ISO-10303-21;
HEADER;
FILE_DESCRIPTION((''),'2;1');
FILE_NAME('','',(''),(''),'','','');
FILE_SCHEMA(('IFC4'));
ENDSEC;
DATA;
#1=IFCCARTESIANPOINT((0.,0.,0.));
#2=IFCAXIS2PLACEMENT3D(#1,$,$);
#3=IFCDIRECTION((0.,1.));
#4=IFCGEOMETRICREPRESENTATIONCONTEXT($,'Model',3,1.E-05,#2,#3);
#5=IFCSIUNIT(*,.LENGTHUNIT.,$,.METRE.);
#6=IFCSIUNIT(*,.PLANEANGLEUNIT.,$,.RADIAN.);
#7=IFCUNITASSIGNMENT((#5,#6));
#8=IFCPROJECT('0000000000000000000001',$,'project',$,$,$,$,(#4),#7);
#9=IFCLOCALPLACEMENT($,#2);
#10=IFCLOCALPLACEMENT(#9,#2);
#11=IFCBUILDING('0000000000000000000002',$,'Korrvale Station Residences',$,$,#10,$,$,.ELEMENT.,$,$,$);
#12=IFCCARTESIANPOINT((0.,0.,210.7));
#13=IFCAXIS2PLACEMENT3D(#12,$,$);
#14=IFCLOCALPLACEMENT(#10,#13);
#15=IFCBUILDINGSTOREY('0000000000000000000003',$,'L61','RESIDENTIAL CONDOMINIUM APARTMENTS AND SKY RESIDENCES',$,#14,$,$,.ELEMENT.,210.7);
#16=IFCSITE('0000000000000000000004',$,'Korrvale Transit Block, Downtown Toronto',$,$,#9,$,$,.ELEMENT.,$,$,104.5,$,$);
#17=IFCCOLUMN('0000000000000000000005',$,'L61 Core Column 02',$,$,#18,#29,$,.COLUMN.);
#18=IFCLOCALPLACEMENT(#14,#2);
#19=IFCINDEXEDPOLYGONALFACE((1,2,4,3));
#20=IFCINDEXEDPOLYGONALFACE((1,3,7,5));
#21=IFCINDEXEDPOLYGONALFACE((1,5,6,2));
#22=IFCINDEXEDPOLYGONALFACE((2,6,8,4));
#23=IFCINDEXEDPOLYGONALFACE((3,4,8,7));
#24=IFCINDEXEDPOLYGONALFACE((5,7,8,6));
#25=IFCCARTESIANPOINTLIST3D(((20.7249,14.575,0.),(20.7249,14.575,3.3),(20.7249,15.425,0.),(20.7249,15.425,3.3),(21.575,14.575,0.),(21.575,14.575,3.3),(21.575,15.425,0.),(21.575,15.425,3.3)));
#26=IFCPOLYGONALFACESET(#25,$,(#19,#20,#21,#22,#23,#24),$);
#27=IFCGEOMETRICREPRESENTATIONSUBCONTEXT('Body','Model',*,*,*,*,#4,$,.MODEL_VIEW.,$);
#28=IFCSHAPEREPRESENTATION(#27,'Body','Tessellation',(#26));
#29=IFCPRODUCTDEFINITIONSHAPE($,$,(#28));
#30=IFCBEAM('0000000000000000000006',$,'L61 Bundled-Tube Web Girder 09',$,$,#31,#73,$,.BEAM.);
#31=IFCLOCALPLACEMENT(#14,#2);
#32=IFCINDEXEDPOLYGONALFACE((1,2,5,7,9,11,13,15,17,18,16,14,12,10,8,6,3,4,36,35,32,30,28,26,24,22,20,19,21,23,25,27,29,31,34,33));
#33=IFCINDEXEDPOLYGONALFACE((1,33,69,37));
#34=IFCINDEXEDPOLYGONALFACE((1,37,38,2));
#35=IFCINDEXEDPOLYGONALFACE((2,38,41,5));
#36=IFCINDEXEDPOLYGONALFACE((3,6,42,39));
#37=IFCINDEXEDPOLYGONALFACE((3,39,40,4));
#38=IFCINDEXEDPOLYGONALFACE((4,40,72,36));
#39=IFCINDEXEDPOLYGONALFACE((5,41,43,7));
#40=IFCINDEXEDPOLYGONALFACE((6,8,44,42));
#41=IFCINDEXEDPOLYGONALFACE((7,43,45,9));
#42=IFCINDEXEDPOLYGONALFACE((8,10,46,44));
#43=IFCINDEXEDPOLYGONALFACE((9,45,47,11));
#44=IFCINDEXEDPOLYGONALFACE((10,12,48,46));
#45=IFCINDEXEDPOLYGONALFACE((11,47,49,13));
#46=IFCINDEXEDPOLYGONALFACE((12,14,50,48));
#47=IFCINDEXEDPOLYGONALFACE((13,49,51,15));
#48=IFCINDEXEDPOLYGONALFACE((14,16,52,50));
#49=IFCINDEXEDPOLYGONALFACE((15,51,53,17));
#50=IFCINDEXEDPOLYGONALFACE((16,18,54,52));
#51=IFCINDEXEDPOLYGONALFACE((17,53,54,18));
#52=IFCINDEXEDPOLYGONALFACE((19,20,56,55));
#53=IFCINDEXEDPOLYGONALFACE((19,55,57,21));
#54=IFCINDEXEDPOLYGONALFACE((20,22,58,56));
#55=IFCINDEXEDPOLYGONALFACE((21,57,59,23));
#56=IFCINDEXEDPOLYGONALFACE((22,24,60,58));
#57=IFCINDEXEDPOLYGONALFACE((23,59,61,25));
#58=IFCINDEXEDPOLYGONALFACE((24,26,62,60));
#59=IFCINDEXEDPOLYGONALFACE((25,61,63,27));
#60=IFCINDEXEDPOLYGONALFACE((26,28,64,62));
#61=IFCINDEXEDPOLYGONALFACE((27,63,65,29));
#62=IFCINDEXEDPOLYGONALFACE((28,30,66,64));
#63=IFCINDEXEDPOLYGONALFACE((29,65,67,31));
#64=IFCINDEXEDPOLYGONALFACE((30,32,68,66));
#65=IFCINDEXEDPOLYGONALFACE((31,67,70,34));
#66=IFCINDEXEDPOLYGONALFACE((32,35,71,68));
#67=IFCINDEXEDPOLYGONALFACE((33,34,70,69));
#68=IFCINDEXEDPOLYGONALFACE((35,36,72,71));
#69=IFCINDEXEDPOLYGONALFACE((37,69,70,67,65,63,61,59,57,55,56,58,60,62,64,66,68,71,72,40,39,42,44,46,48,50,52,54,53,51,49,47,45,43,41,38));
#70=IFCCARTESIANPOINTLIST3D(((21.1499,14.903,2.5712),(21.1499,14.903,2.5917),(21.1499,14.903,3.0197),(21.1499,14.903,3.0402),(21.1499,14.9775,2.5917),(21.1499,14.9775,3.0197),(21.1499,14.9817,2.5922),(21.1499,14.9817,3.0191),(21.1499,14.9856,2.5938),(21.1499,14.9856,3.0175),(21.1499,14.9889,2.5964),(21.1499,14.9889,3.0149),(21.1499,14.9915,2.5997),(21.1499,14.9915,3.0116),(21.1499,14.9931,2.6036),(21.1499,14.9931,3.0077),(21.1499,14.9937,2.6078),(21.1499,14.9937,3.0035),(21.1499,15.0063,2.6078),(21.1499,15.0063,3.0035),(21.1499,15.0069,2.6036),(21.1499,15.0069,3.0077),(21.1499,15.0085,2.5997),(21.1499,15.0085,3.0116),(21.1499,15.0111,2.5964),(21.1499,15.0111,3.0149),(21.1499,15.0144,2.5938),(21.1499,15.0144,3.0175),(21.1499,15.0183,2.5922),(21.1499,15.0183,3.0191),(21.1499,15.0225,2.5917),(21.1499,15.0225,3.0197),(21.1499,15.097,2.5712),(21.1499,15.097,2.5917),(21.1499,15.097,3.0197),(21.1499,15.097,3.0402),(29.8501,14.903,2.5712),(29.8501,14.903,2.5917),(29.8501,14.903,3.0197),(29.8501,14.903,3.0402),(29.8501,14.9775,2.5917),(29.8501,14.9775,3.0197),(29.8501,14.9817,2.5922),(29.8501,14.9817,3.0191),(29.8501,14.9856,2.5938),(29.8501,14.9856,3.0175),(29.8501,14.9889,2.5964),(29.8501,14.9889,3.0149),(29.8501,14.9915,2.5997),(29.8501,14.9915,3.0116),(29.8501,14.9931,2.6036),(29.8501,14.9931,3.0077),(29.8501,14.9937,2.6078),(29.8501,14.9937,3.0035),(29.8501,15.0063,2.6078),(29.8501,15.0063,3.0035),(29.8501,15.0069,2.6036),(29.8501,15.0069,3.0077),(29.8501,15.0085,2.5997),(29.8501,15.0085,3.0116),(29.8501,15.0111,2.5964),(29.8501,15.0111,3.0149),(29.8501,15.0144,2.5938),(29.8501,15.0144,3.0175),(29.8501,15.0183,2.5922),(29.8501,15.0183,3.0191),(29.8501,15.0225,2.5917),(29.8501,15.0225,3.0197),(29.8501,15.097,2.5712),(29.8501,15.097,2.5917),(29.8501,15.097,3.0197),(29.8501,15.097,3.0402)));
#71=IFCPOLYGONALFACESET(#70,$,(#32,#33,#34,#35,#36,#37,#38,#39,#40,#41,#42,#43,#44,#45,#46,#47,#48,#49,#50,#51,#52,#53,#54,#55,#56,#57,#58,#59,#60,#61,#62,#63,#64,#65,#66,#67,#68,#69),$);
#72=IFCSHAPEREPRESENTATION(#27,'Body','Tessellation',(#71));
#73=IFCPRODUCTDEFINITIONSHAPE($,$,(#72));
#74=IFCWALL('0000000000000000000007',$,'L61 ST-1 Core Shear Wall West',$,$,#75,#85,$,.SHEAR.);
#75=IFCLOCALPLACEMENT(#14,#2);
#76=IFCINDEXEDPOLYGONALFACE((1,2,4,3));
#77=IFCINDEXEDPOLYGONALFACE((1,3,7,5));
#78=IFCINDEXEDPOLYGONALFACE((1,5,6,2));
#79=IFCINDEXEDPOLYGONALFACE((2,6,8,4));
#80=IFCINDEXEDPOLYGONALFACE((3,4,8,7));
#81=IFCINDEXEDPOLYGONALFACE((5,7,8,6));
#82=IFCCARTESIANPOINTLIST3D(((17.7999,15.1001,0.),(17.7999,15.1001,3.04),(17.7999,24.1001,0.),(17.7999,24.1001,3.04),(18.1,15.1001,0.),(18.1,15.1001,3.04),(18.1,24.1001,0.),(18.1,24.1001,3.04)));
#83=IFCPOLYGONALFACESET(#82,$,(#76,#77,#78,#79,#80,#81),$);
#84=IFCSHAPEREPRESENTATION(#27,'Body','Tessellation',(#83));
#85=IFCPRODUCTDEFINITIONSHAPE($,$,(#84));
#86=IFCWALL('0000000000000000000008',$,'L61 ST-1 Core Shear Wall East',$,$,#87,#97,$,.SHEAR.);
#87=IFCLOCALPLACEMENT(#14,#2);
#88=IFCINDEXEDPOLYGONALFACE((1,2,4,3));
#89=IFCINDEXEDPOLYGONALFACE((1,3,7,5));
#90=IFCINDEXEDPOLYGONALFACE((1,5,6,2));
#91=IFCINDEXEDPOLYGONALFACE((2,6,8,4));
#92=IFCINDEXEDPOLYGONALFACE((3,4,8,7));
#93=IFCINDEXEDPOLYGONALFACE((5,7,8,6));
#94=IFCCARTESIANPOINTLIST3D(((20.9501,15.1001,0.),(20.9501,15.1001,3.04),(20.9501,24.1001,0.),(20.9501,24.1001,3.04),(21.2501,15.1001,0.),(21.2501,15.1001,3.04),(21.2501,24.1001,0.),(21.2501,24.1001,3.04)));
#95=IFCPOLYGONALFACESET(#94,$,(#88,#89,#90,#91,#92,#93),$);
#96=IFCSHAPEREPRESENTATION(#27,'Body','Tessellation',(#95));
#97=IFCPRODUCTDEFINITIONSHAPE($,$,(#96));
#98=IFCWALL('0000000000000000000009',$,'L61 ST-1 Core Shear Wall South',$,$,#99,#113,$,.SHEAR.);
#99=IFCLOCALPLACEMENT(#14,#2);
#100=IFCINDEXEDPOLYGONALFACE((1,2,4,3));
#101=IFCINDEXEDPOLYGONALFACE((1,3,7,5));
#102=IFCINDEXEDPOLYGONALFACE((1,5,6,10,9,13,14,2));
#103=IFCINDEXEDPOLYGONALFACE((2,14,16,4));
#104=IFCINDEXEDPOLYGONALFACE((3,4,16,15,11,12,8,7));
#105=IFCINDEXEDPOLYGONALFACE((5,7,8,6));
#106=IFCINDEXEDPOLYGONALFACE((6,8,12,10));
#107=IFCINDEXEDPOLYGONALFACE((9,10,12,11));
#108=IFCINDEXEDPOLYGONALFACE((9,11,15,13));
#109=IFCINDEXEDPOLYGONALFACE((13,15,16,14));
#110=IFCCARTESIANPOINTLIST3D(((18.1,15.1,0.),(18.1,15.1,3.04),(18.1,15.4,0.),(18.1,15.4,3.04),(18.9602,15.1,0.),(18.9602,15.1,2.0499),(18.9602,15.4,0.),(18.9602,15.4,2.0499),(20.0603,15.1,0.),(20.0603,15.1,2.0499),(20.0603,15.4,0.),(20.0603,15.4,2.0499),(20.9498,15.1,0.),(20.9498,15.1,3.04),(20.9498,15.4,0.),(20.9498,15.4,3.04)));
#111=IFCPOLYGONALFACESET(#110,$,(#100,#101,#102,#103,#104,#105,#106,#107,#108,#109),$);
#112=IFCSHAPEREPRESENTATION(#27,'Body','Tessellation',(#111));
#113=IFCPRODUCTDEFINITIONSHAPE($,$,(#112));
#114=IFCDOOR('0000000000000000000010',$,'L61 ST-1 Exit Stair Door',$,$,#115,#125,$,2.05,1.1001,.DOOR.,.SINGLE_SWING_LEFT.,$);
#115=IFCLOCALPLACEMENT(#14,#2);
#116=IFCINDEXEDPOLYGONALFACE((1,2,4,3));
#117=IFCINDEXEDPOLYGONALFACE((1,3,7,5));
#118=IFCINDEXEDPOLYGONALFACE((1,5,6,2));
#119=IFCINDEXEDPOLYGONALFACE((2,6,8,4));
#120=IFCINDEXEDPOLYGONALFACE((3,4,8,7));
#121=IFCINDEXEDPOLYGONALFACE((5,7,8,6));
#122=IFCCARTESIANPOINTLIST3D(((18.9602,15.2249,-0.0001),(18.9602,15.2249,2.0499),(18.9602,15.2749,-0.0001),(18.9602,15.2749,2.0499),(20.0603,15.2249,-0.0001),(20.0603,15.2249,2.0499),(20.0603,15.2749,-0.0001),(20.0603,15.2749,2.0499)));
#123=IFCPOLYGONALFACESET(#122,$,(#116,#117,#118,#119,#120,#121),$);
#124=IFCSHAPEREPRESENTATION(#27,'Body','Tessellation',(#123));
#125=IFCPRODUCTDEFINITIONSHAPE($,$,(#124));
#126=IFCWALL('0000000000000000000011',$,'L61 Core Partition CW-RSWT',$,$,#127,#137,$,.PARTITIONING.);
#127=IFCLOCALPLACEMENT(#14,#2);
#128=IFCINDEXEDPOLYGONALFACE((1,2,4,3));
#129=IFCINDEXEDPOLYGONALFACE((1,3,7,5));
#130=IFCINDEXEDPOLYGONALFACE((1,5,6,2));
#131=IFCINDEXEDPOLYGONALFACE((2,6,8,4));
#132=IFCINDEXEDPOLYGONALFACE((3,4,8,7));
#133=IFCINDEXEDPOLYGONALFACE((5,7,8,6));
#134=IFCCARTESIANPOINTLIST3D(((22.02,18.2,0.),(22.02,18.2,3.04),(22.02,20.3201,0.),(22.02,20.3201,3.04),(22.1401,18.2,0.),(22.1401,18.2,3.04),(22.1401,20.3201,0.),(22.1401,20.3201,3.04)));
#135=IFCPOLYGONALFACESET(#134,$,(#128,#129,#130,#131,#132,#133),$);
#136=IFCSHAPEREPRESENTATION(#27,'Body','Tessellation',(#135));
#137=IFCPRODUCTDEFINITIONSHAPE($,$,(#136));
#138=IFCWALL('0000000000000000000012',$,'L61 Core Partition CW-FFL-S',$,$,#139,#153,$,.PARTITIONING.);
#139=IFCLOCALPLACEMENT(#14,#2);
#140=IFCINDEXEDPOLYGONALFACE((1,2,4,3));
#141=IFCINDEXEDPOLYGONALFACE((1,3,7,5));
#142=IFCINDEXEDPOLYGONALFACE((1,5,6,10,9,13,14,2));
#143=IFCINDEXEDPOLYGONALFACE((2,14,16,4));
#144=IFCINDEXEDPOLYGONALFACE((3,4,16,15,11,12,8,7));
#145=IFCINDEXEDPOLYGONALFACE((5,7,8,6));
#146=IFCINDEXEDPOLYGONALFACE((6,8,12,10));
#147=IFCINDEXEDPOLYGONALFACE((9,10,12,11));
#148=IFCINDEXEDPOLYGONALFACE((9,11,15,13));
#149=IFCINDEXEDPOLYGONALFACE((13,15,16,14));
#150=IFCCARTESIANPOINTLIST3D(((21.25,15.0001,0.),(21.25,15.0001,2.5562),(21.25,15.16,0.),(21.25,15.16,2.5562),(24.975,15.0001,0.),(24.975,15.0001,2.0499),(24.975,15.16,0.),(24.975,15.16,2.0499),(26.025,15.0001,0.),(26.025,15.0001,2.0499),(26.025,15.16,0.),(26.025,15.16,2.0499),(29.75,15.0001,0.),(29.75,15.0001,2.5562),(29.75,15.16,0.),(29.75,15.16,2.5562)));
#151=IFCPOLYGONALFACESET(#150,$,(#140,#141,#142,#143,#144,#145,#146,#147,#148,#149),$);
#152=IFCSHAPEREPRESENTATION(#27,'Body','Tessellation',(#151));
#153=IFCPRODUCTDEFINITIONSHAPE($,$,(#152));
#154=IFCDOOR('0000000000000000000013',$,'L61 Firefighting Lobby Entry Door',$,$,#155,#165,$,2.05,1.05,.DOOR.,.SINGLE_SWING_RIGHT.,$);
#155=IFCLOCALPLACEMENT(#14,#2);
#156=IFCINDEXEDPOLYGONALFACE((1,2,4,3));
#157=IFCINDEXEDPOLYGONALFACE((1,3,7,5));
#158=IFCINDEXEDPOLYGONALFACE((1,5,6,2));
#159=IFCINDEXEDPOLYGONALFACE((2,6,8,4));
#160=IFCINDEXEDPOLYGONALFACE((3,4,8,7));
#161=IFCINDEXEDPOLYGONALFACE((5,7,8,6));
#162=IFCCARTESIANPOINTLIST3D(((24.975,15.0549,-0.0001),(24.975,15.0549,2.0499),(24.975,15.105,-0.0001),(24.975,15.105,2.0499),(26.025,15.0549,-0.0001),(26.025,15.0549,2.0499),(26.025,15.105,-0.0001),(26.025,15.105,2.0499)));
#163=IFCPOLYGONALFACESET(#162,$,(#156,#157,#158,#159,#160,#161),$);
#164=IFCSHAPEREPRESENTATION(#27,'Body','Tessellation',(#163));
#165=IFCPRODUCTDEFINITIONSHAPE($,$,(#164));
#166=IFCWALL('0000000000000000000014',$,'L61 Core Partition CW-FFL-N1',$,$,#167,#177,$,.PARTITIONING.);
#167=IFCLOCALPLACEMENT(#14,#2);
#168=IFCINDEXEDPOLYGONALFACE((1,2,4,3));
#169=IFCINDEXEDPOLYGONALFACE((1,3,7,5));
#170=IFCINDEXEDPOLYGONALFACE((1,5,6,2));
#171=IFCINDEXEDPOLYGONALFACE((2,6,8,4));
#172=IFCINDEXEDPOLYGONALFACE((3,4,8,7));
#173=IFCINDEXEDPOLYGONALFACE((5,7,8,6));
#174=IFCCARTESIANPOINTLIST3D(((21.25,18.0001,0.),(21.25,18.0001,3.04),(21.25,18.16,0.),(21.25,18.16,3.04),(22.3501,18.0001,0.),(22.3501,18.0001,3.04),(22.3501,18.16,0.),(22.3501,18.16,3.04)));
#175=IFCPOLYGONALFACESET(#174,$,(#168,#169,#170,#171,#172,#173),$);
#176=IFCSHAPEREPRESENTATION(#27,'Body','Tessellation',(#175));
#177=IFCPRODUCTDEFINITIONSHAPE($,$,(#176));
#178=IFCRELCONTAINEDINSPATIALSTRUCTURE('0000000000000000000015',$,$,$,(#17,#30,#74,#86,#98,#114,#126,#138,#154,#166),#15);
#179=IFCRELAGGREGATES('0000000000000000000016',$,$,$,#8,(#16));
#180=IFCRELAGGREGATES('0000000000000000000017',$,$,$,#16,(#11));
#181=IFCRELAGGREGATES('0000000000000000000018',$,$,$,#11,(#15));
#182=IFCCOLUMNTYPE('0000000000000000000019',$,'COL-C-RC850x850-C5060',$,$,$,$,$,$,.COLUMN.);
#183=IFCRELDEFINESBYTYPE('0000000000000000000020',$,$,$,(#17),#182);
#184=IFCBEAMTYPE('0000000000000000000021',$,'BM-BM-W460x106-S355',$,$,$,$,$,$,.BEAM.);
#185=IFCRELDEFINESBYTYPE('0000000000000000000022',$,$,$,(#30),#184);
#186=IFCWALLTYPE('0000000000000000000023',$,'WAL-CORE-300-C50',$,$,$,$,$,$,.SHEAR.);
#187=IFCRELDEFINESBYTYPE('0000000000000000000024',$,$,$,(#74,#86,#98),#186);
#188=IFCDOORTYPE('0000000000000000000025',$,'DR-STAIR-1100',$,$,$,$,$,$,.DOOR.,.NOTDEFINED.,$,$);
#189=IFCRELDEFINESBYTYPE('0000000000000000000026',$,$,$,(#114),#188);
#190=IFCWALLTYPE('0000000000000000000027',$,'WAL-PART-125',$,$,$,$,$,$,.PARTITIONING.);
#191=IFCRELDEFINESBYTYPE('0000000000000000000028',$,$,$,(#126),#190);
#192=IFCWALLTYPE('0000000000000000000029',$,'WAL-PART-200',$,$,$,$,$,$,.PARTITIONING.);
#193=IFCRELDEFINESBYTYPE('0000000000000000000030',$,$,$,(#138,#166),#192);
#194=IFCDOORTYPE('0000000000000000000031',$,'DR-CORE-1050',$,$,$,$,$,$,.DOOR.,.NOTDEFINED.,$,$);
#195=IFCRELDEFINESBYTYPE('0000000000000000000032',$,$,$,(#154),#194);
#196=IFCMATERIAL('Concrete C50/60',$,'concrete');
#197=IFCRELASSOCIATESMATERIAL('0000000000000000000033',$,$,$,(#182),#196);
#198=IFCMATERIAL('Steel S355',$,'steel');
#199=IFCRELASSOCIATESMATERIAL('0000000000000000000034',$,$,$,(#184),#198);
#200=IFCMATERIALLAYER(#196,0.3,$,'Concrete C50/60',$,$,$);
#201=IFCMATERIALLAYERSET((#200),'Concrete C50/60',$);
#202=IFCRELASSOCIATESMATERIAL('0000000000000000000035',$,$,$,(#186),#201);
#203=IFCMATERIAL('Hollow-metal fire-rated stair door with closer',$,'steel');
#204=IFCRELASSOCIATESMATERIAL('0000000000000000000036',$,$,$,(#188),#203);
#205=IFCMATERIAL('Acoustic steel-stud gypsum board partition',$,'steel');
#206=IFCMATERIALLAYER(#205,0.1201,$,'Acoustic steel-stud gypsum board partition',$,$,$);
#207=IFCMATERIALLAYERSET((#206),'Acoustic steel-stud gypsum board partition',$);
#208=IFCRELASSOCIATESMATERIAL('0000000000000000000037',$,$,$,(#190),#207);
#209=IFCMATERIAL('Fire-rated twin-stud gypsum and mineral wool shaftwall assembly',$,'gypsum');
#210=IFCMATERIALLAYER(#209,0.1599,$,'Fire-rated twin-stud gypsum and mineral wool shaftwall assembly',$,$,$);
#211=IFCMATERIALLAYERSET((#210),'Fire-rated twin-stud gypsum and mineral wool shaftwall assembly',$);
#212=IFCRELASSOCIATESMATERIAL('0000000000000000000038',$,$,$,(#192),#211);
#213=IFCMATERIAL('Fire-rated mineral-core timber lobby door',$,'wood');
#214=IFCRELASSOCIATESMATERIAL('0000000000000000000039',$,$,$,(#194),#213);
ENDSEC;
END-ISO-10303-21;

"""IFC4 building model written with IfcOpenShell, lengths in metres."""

from ifc_helpers import new_model, si_unit, direction, frame, frame_2d, origin, origin_2d, place, context, subcontext, project, spatial, rectangle, i_section, extrude, material, layer, layer_set, material_profile, profile_set, type_object, element, fill, save


model = new_model("IFC4")

# Units and contexts
model_context = context("Model", 3, precision=1e-05, world=origin(), true_north=direction((0.0, 1.0)))
body_context = subcontext(model_context, "Body", "Model", "MODEL_VIEW")
ifc_project = project(units=[si_unit("LENGTHUNIT", "METRE"), si_unit("PLANEANGLEUNIT", "RADIAN")], contexts=[model_context])

# Site, building, storey
site_placement = place(None, origin())
site = spatial("IfcSite", under=ifc_project, at=site_placement, Name="Korrvale Transit Block, Downtown Toronto", CompositionType="ELEMENT", RefElevation=104.5)
building_placement = place(site_placement, origin())
building = spatial("IfcBuilding", under=site, at=building_placement, Name="Korrvale Station Residences", CompositionType="ELEMENT")
storey_placement = place(building_placement, frame((0.0, 0.0, 210.7)))
storey = spatial("IfcBuildingStorey", under=building, at=storey_placement, Name="L61", Description="RESIDENTIAL CONDOMINIUM APARTMENTS AND SKY RESIDENCES", CompositionType="ELEMENT", Elevation=210.7)

# Column
ifc_material_1 = material(Name="Concrete C50/60", Category="concrete")
ifc_material_profile_1 = material_profile(ifc_material_1, rectangle(XDim=0.8501, YDim=0.8501, at=origin_2d()), Name="RC850x850")
ifc_profile_set_1 = profile_set([ifc_material_profile_1], Name="Concrete C50/60")
column_type = type_object("IfcColumnType", Name="COL-C-RC850x850-C5060", PredefinedType="COLUMN", material=ifc_profile_set_1)
column_placement = place(storey_placement, frame((21.1499, 15.0, 0.0), z_axis=(0.0, 0.0, 1.0), x_axis=(1.0, 0.0, 0.0)))
element("IfcColumn", 1, at=column_placement, inside=storey, type_object=column_type, Name="L61 Core Column 02", PredefinedType="COLUMN", context=body_context, shape_type="SweptSolid", body=[
    extrude(rectangle(XDim=0.8501, YDim=0.8501, at=origin_2d()), origin(), (0.0, 0.0, 1.0), 3.3),
])

# Beam
ifc_material_2 = material(Name="Steel S355", Category="steel")
ifc_material_profile_2 = material_profile(ifc_material_2, i_section(OverallWidth=0.1941, OverallDepth=0.469, WebThickness=0.0127, FlangeThickness=0.0205, FilletRadius=0.0161, at=origin_2d()), Name="W460x106")
ifc_profile_set_2 = profile_set([ifc_material_profile_2], Name="Steel S355")
beam_type = type_object("IfcBeamType", Name="BM-BM-W460x106-S355", PredefinedType="BEAM", material=ifc_profile_set_2)
beam_placement = place(storey_placement, frame((21.1499, 15.0, 2.8057), z_axis=(1.0, 0.0, 0.0), x_axis=(0.0, 1.0, 0.0)))
element("IfcBeam", 2, at=beam_placement, inside=storey, type_object=beam_type, Name="L61 Bundled-Tube Web Girder 09", PredefinedType="BEAM", context=body_context, shape_type="SweptSolid", body=[
    extrude(i_section(OverallWidth=0.1941, OverallDepth=0.469, WebThickness=0.0127, FlangeThickness=0.0205, FilletRadius=0.0161, at=origin_2d()), origin(), (0.0, 0.0, 1.0), 8.7002),
])

# Walls
ifc_layer_1 = layer(ifc_material_1, 0.3, Name="Concrete C50/60")
ifc_layer_set_1 = layer_set([ifc_layer_1], Name="Concrete C50/60")
wall_type_1 = type_object("IfcWallType", Name="WAL-CORE-300-C50", PredefinedType="SHEAR", material=ifc_layer_set_1)
for number, where, z_axis, x_axis, name in (
    (3, (17.95, 15.1001, 0.0), (0.0, 0.0, 1.0), (0.0, 1.0, 0.0), "L61 ST-1 Core Shear Wall West"),
    (4, (21.1001, 15.1001, 0.0), (0.0, 0.0, 1.0), (0.0, 1.0, 0.0), "L61 ST-1 Core Shear Wall East"),
):
    element("IfcWall", number, at=place(storey_placement, frame(where, z_axis=z_axis, x_axis=x_axis)), inside=storey, type_object=wall_type_1, Name=name, PredefinedType="SHEAR", context=body_context, shape_type="SweptSolid", body=[
        extrude(rectangle(XDim=9.0, YDim=0.3, at=frame_2d((4.5, 0.0))), origin(), (0.0, 0.0, 1.0), 3.04),
    ])

# Wall, opening, door
wall_1_placement = place(storey_placement, frame((18.1001, 15.25, 0.0), z_axis=(0.0, 0.0, 1.0), x_axis=(1.0, 0.0, 0.0)))
wall_1 = element("IfcWall", 5, at=wall_1_placement, inside=storey, type_object=wall_type_1, Name="L61 ST-1 Core Shear Wall South", PredefinedType="SHEAR", context=body_context, shape_type="SweptSolid", body=[
    extrude(rectangle(XDim=2.8499, YDim=0.3, at=frame_2d((1.4248, 0.0))), origin(), (0.0, 0.0, 1.0), 3.04),
])
opening_1_placement = place(wall_1_placement, frame((0.8601, 0.0, 0.0)))
opening_1 = element("IfcOpeningElement", 6, at=opening_1_placement, cuts=wall_1, PredefinedType="OPENING", context=body_context, shape_type="SweptSolid", body=[
    extrude(rectangle(XDim=1.1001, YDim=2.05, at=frame_2d((0.55, 1.0249))), frame((0.0, 0.1602, 0.0), z_axis=(0.0, -1.0, 0.0), x_axis=(1.0, 0.0, 0.0)), (0.0, 0.0, 1.0), 0.3201),
])
ifc_material_3 = material(Name="Hollow-metal fire-rated stair door with closer", Category="steel")
door_type_1 = type_object("IfcDoorType", Name="DR-STAIR-1100", OperationType="NOTDEFINED", PredefinedType="DOOR", material=ifc_material_3)
door_1_placement = place(opening_1_placement, origin())
door_1 = element("IfcDoor", 7, at=door_1_placement, inside=storey, type_object=door_type_1, Name="L61 ST-1 Exit Stair Door", OperationType="SINGLE_SWING_LEFT", OverallHeight=2.05, OverallWidth=1.1001, PredefinedType="DOOR", context=body_context, shape_type="SweptSolid", body=[
    extrude(rectangle(XDim=1.1001, YDim=2.05, at=frame_2d((0.55, 1.0249))), frame((0.0, 0.0249, 0.0), z_axis=(0.0, -1.0, 0.0), x_axis=(1.0, 0.0, 0.0)), (0.0, 0.0, 1.0), 0.05),
])
fill(opening_1, door_1)

# Wall
ifc_material_4 = material(Name="Acoustic steel-stud gypsum board partition", Category="steel")
ifc_layer_2 = layer(ifc_material_4, 0.1201, Name="Acoustic steel-stud gypsum board partition")
ifc_layer_set_2 = layer_set([ifc_layer_2], Name="Acoustic steel-stud gypsum board partition")
wall_type_2 = type_object("IfcWallType", Name="WAL-PART-125", PredefinedType="PARTITIONING", material=ifc_layer_set_2)
wall_2_placement = place(storey_placement, frame((22.0801, 18.2, 0.0), z_axis=(0.0, 0.0, 1.0), x_axis=(0.0, 1.0, 0.0)))
element("IfcWall", 8, at=wall_2_placement, inside=storey, type_object=wall_type_2, Name="L61 Core Partition CW-RSWT", PredefinedType="PARTITIONING", context=body_context, shape_type="SweptSolid", body=[
    extrude(rectangle(XDim=2.1201, YDim=0.1201, at=frame_2d((1.0601, 0.0))), origin(), (0.0, 0.0, 1.0), 3.04),
])

# Wall, opening, door
ifc_material_5 = material(Name="Fire-rated twin-stud gypsum and mineral wool shaftwall assembly", Category="gypsum")
ifc_layer_3 = layer(ifc_material_5, 0.1599, Name="Fire-rated twin-stud gypsum and mineral wool shaftwall assembly")
ifc_layer_set_3 = layer_set([ifc_layer_3], Name="Fire-rated twin-stud gypsum and mineral wool shaftwall assembly")
wall_type_3 = type_object("IfcWallType", Name="WAL-PART-200", PredefinedType="PARTITIONING", material=ifc_layer_set_3)
wall_3_placement = place(storey_placement, frame((21.25, 15.0801, 0.0), z_axis=(0.0, 0.0, 1.0), x_axis=(1.0, 0.0, 0.0)))
wall_3 = element("IfcWall", 9, at=wall_3_placement, inside=storey, type_object=wall_type_3, Name="L61 Core Partition CW-FFL-S", PredefinedType="PARTITIONING", context=body_context, shape_type="SweptSolid", body=[
    extrude(rectangle(XDim=8.5, YDim=0.1599, at=frame_2d((4.25, 0.0))), origin(), (0.0, 0.0, 1.0), 2.5562),
])
opening_2_placement = place(wall_3_placement, frame((3.7251, 0.0, 0.0)))
opening_2 = element("IfcOpeningElement", 10, at=opening_2_placement, cuts=wall_3, PredefinedType="OPENING", context=body_context, shape_type="SweptSolid", body=[
    extrude(rectangle(XDim=1.05, YDim=2.05, at=frame_2d((0.5249, 1.0249))), frame((0.0, 0.0898, 0.0), z_axis=(0.0, -1.0, 0.0), x_axis=(1.0, 0.0, 0.0)), (0.0, 0.0, 1.0), 0.1799),
])
ifc_material_6 = material(Name="Fire-rated mineral-core timber lobby door", Category="wood")
door_type_2 = type_object("IfcDoorType", Name="DR-CORE-1050", OperationType="NOTDEFINED", PredefinedType="DOOR", material=ifc_material_6)
door_2_placement = place(opening_2_placement, origin())
door_2 = element("IfcDoor", 11, at=door_2_placement, inside=storey, type_object=door_type_2, Name="L61 Firefighting Lobby Entry Door", OperationType="SINGLE_SWING_RIGHT", OverallHeight=2.05, OverallWidth=1.05, PredefinedType="DOOR", context=body_context, shape_type="SweptSolid", body=[
    extrude(rectangle(XDim=1.05, YDim=2.05, at=frame_2d((0.5249, 1.0249))), frame((0.0, 0.0249, 0.0), z_axis=(0.0, -1.0, 0.0), x_axis=(1.0, 0.0, 0.0)), (0.0, 0.0, 1.0), 0.05),
])
fill(opening_2, door_2)

# Wall
wall_4_placement = place(storey_placement, frame((21.25, 18.0801, 0.0), z_axis=(0.0, 0.0, 1.0), x_axis=(1.0, 0.0, 0.0)))
element("IfcWall", 12, at=wall_4_placement, inside=storey, type_object=wall_type_3, Name="L61 Core Partition CW-FFL-N1", PredefinedType="PARTITIONING", context=body_context, shape_type="SweptSolid", body=[
    extrude(rectangle(XDim=1.1001, YDim=0.1599, at=frame_2d((0.55, 0.0))), origin(), (0.0, 0.0, 1.0), 3.04),
])

save(model, "model.ifc")
